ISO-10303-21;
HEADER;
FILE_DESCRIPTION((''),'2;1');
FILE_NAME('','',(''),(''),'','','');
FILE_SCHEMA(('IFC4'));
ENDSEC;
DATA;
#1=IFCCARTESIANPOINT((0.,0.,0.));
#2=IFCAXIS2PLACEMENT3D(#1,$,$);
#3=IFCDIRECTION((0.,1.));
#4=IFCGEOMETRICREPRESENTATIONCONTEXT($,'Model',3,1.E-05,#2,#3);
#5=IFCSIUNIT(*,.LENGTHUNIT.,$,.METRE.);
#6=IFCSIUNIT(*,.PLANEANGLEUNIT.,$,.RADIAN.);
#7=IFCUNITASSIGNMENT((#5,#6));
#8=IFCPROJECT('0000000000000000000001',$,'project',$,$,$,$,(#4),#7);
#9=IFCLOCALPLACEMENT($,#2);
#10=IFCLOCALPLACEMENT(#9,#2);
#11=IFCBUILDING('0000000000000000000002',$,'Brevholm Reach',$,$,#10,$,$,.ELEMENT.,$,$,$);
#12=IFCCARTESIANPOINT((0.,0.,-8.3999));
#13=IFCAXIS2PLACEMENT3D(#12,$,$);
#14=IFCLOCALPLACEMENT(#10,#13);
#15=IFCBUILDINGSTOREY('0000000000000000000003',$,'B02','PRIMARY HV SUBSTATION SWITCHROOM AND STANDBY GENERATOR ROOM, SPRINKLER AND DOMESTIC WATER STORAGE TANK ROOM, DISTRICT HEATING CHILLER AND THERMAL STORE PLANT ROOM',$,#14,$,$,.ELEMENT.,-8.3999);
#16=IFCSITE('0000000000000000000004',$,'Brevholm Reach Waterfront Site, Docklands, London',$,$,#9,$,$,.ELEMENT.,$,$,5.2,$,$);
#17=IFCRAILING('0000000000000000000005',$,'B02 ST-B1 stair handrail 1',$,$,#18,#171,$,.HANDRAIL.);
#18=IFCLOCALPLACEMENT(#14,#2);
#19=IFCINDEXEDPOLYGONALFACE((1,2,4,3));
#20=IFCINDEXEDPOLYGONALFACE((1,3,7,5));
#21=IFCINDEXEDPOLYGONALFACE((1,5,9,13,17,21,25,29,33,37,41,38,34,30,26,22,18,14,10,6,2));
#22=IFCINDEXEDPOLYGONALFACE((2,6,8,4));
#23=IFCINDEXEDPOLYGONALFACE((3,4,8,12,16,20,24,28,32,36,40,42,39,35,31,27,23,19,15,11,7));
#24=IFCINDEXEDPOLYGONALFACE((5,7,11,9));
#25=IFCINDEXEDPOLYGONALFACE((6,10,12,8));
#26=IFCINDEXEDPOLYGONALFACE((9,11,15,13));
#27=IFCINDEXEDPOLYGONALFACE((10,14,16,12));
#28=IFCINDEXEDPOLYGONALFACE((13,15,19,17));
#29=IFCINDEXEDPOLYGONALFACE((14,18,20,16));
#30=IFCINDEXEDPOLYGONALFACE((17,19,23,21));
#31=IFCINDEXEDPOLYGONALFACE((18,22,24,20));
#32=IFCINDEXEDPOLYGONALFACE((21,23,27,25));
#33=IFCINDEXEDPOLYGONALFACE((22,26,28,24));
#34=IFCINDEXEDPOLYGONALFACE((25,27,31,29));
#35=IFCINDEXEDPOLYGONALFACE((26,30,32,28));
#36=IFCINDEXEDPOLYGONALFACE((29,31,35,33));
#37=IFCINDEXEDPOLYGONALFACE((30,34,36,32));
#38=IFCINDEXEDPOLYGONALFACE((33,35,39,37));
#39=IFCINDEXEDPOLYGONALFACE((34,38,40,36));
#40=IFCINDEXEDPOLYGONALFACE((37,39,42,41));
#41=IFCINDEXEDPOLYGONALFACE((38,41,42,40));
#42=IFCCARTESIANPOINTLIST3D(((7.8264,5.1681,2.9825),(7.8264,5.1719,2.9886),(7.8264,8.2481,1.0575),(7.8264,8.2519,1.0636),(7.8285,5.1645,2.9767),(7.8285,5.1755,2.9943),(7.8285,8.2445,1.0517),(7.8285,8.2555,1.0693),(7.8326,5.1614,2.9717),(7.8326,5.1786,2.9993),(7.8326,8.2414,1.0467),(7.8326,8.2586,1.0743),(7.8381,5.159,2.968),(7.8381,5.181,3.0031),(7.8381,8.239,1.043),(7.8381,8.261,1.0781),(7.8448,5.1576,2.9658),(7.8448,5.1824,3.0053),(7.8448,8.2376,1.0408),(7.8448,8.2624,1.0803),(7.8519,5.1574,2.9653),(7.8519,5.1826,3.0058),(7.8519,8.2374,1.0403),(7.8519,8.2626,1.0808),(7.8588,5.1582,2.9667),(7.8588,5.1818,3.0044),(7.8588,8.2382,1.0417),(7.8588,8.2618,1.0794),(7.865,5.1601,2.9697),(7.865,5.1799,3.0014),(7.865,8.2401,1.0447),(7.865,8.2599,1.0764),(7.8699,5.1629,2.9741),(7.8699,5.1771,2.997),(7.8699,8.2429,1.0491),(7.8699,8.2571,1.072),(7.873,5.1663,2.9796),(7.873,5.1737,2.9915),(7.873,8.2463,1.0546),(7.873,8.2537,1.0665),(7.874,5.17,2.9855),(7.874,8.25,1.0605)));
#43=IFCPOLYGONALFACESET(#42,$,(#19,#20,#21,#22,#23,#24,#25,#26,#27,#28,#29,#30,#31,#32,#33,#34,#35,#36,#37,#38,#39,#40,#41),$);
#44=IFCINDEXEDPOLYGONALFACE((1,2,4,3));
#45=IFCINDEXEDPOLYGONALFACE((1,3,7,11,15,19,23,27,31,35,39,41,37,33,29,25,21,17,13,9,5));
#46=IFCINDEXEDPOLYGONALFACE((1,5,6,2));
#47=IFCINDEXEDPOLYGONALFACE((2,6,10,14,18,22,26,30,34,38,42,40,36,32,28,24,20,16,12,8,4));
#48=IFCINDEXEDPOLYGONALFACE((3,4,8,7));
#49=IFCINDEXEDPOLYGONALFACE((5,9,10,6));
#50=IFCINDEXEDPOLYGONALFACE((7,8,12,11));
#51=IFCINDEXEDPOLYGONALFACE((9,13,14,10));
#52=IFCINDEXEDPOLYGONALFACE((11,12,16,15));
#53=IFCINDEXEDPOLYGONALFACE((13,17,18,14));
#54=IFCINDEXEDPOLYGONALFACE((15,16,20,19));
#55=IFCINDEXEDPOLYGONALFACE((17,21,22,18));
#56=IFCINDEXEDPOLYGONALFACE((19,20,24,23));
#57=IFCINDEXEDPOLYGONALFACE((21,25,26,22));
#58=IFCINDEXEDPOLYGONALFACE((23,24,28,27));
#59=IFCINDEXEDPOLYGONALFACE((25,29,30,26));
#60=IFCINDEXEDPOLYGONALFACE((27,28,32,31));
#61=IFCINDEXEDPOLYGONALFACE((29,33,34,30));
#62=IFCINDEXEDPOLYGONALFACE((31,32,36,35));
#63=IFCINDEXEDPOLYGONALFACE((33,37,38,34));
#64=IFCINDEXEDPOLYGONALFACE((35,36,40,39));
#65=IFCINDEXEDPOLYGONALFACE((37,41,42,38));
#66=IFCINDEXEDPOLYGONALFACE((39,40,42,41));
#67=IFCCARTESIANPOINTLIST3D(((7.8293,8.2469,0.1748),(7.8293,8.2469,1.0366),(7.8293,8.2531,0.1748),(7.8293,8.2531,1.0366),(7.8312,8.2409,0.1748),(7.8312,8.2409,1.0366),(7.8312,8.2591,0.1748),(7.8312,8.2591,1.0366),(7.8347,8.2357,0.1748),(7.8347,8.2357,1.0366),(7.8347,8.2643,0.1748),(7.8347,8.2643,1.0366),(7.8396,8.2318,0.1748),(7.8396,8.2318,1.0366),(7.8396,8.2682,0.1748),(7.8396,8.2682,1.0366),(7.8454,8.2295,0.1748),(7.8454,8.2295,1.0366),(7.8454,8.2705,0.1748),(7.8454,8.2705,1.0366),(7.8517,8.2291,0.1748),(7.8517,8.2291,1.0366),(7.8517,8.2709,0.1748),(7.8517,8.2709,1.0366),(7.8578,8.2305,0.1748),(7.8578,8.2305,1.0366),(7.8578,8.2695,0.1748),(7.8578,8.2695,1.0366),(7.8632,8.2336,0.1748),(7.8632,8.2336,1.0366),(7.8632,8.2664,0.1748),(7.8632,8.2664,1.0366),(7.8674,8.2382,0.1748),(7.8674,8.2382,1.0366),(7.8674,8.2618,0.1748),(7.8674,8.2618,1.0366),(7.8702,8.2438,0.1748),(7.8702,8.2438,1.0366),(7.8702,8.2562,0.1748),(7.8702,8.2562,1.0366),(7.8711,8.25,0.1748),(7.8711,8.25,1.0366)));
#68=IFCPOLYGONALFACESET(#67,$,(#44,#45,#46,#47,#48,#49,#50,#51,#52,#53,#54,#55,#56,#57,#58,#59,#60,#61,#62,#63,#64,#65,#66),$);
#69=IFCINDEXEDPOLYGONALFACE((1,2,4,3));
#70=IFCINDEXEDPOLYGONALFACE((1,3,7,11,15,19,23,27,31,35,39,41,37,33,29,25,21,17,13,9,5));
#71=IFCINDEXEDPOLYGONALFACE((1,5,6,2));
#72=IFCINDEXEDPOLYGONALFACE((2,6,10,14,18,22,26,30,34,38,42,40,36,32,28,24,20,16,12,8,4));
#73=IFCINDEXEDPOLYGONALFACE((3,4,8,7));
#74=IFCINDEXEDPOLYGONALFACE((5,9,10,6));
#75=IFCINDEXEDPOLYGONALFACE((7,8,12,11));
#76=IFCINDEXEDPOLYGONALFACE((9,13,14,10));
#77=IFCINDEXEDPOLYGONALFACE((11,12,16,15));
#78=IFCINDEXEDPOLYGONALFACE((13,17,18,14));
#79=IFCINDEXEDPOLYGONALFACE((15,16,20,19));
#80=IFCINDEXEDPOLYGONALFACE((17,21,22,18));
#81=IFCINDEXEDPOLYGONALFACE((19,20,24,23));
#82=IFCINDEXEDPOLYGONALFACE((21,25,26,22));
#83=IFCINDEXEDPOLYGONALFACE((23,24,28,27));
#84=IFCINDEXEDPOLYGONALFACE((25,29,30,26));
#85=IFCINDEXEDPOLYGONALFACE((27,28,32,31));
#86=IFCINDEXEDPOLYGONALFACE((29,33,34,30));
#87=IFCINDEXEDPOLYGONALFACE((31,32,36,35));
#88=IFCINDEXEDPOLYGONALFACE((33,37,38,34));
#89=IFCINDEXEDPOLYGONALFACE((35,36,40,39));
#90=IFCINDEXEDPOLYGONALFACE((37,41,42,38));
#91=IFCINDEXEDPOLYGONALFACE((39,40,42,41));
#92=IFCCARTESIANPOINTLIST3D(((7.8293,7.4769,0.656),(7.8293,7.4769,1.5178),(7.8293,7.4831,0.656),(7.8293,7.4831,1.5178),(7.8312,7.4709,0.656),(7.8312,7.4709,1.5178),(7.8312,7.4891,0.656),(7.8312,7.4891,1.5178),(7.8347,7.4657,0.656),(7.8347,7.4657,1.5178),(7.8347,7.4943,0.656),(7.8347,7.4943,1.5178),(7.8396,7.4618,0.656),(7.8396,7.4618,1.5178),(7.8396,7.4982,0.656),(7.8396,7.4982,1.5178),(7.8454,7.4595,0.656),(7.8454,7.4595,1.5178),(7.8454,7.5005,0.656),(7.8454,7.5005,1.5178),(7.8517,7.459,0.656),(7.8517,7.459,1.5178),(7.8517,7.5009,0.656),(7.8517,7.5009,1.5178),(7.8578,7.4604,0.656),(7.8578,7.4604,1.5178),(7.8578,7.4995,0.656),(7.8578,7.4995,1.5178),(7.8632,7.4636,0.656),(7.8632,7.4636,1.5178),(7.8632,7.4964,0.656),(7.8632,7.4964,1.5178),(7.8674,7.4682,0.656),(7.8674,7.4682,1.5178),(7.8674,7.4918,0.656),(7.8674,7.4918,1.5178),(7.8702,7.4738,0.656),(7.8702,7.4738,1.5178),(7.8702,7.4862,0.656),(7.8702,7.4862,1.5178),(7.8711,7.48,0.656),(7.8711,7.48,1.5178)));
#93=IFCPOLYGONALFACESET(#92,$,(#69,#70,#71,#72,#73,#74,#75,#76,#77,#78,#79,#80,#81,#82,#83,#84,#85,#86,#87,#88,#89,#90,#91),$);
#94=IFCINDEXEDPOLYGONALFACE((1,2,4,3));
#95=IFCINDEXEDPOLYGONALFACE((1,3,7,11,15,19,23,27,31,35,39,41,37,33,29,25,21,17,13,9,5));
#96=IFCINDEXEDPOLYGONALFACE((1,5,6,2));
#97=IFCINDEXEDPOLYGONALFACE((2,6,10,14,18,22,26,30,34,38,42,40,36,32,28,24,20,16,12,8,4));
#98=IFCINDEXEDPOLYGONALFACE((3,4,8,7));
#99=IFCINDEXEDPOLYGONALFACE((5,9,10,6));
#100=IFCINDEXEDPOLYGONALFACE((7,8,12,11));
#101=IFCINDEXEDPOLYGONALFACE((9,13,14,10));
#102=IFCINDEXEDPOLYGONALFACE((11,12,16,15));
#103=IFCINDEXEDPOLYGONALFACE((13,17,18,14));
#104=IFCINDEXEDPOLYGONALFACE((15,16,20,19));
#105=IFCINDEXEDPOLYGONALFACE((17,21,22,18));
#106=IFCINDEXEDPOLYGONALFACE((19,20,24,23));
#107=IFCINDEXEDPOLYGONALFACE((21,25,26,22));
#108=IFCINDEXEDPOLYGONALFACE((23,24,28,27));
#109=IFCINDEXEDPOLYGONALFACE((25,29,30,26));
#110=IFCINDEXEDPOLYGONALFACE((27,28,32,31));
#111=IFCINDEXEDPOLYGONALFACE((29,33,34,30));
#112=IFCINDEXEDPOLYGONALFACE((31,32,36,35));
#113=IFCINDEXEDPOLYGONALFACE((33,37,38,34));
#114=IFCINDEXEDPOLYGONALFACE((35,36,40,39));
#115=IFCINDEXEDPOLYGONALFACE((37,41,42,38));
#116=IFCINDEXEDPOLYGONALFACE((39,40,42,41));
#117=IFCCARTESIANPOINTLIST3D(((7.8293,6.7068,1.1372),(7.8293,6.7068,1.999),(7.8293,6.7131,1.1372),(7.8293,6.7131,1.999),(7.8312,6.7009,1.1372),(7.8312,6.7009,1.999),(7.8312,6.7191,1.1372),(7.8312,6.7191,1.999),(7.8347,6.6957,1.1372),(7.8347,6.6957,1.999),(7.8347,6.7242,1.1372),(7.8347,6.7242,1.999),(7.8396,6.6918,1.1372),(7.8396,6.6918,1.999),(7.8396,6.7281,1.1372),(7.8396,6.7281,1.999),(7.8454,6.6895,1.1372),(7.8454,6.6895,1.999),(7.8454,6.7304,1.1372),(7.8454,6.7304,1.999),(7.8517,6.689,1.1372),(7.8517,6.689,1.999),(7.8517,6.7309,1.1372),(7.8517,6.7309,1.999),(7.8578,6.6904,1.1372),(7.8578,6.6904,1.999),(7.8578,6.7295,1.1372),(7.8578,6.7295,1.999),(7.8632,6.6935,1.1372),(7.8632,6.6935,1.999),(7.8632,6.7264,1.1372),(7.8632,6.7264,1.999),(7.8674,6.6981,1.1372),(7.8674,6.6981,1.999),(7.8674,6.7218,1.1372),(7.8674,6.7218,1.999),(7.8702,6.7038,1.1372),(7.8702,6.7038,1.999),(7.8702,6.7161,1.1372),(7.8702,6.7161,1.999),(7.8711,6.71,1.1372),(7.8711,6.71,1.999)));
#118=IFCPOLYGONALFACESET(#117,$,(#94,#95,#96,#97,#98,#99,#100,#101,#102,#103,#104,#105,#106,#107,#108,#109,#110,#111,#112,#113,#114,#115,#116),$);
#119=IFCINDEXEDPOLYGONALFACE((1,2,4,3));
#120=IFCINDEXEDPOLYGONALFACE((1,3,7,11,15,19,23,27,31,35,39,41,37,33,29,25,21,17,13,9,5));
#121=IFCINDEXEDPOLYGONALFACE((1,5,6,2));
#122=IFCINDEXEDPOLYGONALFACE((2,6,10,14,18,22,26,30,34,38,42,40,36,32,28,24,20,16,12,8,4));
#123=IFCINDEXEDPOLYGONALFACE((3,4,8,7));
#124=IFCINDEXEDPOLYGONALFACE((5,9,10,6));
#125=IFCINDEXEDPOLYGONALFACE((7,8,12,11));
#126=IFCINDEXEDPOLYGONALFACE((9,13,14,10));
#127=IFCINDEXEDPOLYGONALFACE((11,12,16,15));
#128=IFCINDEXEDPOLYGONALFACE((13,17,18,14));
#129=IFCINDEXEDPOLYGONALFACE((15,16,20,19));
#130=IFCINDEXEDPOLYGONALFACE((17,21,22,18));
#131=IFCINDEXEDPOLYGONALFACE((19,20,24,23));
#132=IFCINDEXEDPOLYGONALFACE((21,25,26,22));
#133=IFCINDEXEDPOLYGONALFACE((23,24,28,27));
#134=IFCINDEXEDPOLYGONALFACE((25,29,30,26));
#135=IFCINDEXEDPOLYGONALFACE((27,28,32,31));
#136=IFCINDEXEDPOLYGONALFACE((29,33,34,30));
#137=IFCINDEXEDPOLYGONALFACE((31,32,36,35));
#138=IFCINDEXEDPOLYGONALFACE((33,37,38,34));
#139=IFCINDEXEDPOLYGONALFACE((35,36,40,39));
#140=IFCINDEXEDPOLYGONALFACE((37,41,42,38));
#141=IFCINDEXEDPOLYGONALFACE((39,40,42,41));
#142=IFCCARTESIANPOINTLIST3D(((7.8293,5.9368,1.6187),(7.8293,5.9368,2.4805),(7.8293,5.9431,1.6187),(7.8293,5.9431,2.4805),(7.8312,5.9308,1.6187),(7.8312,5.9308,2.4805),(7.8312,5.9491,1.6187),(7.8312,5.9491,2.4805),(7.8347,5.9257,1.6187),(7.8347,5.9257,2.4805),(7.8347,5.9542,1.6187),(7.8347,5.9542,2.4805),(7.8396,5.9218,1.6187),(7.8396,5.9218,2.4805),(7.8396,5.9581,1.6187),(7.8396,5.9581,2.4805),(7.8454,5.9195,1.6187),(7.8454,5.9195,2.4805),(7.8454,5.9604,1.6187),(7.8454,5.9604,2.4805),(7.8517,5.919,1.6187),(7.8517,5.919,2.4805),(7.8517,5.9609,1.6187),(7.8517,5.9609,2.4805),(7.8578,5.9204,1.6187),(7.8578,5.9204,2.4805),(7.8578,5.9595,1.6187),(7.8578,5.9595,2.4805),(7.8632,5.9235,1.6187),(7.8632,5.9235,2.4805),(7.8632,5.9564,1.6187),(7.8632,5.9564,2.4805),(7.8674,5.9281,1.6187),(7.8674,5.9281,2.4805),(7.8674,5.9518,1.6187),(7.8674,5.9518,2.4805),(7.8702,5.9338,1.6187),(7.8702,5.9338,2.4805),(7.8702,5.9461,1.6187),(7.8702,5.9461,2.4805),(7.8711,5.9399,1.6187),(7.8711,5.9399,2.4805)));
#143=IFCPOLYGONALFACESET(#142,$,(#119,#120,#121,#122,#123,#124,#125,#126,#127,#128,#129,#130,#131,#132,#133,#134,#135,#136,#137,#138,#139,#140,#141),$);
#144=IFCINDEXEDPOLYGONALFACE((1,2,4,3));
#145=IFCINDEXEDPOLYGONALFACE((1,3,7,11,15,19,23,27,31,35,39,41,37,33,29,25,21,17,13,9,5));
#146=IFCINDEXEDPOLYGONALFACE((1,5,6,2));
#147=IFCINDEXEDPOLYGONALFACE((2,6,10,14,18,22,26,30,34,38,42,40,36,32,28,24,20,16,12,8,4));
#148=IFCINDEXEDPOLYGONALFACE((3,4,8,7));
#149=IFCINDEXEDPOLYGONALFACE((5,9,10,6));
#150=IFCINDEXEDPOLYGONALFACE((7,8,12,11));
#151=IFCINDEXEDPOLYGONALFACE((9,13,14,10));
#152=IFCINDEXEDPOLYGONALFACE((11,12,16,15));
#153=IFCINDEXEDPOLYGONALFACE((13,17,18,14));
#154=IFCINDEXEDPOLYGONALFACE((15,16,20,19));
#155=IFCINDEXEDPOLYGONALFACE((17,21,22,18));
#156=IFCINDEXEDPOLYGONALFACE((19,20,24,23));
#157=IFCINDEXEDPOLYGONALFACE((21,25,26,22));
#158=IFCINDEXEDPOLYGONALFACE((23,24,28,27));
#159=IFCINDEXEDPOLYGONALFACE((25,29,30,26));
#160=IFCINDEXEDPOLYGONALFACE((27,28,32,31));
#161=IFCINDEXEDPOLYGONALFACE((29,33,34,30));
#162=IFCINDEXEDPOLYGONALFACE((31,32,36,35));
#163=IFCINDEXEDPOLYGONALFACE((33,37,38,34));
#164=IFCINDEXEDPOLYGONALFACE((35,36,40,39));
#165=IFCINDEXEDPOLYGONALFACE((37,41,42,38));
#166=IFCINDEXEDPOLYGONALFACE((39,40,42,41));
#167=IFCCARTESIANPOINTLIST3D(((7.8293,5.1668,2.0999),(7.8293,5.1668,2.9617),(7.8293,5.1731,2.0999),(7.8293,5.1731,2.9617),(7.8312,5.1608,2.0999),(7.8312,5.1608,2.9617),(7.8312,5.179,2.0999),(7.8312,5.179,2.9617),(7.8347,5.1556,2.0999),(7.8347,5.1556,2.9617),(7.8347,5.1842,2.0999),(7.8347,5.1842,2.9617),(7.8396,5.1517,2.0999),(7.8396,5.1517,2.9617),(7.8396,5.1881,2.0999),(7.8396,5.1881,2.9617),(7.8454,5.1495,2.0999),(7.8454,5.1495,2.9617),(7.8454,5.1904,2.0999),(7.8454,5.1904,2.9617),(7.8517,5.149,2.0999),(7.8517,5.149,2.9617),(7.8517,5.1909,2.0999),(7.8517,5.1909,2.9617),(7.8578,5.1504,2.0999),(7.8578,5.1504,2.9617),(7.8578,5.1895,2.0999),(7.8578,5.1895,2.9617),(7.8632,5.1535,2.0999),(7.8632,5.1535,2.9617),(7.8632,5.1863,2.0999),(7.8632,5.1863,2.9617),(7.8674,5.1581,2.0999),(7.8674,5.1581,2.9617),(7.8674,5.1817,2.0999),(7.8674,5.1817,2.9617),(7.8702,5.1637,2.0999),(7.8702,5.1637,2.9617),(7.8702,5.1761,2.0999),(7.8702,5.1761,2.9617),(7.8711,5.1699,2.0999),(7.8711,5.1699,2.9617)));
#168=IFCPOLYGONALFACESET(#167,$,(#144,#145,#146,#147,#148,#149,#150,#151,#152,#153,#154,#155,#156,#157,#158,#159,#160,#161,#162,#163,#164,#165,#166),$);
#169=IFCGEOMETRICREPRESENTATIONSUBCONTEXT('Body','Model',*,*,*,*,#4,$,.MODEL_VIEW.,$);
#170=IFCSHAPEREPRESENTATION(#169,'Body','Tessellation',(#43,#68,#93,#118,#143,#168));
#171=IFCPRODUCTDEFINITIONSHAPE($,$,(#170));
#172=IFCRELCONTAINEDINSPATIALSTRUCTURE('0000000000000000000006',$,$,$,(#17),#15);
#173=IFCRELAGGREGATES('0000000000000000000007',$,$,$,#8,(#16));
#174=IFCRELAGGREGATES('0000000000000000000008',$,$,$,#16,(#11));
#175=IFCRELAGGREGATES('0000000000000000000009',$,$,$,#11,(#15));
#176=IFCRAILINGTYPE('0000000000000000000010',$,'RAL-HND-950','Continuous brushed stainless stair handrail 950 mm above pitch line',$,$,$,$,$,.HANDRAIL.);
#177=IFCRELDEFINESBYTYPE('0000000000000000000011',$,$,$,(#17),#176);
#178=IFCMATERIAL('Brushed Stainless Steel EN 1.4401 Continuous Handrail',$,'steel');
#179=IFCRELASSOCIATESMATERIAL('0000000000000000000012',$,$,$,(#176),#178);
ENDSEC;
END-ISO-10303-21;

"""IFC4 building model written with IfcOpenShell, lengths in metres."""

from ifc_helpers import new_model, si_unit, direction, frame, origin, origin_2d, place, context, subcontext, project, spatial, circle, extrude, material, type_object, element, save


model = new_model("IFC4")

# Units and contexts
model_context = context("Model", 3, precision=1e-05, world=origin(), true_north=direction((0.0, 1.0)))
body_context = subcontext(model_context, "Body", "Model", "MODEL_VIEW")
ifc_project = project(units=[si_unit("LENGTHUNIT", "METRE"), si_unit("PLANEANGLEUNIT", "RADIAN")], contexts=[model_context])

# Site, building, storey
site_placement = place(None, origin())
site = spatial("IfcSite", under=ifc_project, at=site_placement, Name="Brevholm Reach Waterfront Site, Docklands, London", CompositionType="ELEMENT", RefElevation=5.2)
building_placement = place(site_placement, origin())
building = spatial("IfcBuilding", under=site, at=building_placement, Name="Brevholm Reach", CompositionType="ELEMENT")
storey_placement = place(building_placement, frame((0.0, 0.0, -8.3999)))
storey = spatial("IfcBuildingStorey", under=building, at=storey_placement, Name="B02", Description="PRIMARY HV SUBSTATION SWITCHROOM AND STANDBY GENERATOR ROOM, SPRINKLER AND DOMESTIC WATER STORAGE TANK ROOM, DISTRICT HEATING CHILLER AND THERMAL STORE PLANT ROOM", CompositionType="ELEMENT", Elevation=-8.3999)

# Railing
ifc_material_1 = material(Name="Brushed Stainless Steel EN 1.4401 Continuous Handrail", Category="steel")
railing_type_1 = type_object("IfcRailingType", Name="RAL-HND-950", Description="Continuous brushed stainless stair handrail 950 mm above pitch line", PredefinedType="HANDRAIL", material=ifc_material_1)
for number, where, name in (
    (1, (7.8501, 8.25, 0.1748), "B02 ST-B1 stair handrail 1"),
):
    element("IfcRailing", number, at=place(storey_placement, frame(where)), inside=storey, type_object=railing_type_1, Name=name, PredefinedType="HANDRAIL", context=body_context, shape_type="SweptSolid", body=[
        extrude(circle(Radius=0.0239, at=origin_2d()), frame((0.0, 0.0, 0.8857), z_axis=(0.0, -0.847998, 0.529999), x_axis=(1.0, 0.0, 0.0)), (0.0, 0.0, 1.0), 3.6321),
        extrude(circle(Radius=0.021, at=origin_2d()), origin(), (0.0, 0.0, 1.0), 0.8618),
        extrude(circle(Radius=0.021, at=origin_2d()), frame((0.0, -0.77, 0.4812)), (0.0, 0.0, 1.0), 0.8618),
        extrude(circle(Radius=0.021, at=origin_2d()), frame((0.0, -1.54, 0.9624)), (0.0, 0.0, 1.0), 0.8618),
        extrude(circle(Radius=0.021, at=origin_2d()), frame((0.0, -2.3101, 1.4438)), (0.0, 0.0, 1.0), 0.8618),
        extrude(circle(Radius=0.021, at=origin_2d()), frame((0.0, -3.0801, 1.925)), (0.0, 0.0, 1.0), 0.8618),
    ])

save(model, "model.ifc")
